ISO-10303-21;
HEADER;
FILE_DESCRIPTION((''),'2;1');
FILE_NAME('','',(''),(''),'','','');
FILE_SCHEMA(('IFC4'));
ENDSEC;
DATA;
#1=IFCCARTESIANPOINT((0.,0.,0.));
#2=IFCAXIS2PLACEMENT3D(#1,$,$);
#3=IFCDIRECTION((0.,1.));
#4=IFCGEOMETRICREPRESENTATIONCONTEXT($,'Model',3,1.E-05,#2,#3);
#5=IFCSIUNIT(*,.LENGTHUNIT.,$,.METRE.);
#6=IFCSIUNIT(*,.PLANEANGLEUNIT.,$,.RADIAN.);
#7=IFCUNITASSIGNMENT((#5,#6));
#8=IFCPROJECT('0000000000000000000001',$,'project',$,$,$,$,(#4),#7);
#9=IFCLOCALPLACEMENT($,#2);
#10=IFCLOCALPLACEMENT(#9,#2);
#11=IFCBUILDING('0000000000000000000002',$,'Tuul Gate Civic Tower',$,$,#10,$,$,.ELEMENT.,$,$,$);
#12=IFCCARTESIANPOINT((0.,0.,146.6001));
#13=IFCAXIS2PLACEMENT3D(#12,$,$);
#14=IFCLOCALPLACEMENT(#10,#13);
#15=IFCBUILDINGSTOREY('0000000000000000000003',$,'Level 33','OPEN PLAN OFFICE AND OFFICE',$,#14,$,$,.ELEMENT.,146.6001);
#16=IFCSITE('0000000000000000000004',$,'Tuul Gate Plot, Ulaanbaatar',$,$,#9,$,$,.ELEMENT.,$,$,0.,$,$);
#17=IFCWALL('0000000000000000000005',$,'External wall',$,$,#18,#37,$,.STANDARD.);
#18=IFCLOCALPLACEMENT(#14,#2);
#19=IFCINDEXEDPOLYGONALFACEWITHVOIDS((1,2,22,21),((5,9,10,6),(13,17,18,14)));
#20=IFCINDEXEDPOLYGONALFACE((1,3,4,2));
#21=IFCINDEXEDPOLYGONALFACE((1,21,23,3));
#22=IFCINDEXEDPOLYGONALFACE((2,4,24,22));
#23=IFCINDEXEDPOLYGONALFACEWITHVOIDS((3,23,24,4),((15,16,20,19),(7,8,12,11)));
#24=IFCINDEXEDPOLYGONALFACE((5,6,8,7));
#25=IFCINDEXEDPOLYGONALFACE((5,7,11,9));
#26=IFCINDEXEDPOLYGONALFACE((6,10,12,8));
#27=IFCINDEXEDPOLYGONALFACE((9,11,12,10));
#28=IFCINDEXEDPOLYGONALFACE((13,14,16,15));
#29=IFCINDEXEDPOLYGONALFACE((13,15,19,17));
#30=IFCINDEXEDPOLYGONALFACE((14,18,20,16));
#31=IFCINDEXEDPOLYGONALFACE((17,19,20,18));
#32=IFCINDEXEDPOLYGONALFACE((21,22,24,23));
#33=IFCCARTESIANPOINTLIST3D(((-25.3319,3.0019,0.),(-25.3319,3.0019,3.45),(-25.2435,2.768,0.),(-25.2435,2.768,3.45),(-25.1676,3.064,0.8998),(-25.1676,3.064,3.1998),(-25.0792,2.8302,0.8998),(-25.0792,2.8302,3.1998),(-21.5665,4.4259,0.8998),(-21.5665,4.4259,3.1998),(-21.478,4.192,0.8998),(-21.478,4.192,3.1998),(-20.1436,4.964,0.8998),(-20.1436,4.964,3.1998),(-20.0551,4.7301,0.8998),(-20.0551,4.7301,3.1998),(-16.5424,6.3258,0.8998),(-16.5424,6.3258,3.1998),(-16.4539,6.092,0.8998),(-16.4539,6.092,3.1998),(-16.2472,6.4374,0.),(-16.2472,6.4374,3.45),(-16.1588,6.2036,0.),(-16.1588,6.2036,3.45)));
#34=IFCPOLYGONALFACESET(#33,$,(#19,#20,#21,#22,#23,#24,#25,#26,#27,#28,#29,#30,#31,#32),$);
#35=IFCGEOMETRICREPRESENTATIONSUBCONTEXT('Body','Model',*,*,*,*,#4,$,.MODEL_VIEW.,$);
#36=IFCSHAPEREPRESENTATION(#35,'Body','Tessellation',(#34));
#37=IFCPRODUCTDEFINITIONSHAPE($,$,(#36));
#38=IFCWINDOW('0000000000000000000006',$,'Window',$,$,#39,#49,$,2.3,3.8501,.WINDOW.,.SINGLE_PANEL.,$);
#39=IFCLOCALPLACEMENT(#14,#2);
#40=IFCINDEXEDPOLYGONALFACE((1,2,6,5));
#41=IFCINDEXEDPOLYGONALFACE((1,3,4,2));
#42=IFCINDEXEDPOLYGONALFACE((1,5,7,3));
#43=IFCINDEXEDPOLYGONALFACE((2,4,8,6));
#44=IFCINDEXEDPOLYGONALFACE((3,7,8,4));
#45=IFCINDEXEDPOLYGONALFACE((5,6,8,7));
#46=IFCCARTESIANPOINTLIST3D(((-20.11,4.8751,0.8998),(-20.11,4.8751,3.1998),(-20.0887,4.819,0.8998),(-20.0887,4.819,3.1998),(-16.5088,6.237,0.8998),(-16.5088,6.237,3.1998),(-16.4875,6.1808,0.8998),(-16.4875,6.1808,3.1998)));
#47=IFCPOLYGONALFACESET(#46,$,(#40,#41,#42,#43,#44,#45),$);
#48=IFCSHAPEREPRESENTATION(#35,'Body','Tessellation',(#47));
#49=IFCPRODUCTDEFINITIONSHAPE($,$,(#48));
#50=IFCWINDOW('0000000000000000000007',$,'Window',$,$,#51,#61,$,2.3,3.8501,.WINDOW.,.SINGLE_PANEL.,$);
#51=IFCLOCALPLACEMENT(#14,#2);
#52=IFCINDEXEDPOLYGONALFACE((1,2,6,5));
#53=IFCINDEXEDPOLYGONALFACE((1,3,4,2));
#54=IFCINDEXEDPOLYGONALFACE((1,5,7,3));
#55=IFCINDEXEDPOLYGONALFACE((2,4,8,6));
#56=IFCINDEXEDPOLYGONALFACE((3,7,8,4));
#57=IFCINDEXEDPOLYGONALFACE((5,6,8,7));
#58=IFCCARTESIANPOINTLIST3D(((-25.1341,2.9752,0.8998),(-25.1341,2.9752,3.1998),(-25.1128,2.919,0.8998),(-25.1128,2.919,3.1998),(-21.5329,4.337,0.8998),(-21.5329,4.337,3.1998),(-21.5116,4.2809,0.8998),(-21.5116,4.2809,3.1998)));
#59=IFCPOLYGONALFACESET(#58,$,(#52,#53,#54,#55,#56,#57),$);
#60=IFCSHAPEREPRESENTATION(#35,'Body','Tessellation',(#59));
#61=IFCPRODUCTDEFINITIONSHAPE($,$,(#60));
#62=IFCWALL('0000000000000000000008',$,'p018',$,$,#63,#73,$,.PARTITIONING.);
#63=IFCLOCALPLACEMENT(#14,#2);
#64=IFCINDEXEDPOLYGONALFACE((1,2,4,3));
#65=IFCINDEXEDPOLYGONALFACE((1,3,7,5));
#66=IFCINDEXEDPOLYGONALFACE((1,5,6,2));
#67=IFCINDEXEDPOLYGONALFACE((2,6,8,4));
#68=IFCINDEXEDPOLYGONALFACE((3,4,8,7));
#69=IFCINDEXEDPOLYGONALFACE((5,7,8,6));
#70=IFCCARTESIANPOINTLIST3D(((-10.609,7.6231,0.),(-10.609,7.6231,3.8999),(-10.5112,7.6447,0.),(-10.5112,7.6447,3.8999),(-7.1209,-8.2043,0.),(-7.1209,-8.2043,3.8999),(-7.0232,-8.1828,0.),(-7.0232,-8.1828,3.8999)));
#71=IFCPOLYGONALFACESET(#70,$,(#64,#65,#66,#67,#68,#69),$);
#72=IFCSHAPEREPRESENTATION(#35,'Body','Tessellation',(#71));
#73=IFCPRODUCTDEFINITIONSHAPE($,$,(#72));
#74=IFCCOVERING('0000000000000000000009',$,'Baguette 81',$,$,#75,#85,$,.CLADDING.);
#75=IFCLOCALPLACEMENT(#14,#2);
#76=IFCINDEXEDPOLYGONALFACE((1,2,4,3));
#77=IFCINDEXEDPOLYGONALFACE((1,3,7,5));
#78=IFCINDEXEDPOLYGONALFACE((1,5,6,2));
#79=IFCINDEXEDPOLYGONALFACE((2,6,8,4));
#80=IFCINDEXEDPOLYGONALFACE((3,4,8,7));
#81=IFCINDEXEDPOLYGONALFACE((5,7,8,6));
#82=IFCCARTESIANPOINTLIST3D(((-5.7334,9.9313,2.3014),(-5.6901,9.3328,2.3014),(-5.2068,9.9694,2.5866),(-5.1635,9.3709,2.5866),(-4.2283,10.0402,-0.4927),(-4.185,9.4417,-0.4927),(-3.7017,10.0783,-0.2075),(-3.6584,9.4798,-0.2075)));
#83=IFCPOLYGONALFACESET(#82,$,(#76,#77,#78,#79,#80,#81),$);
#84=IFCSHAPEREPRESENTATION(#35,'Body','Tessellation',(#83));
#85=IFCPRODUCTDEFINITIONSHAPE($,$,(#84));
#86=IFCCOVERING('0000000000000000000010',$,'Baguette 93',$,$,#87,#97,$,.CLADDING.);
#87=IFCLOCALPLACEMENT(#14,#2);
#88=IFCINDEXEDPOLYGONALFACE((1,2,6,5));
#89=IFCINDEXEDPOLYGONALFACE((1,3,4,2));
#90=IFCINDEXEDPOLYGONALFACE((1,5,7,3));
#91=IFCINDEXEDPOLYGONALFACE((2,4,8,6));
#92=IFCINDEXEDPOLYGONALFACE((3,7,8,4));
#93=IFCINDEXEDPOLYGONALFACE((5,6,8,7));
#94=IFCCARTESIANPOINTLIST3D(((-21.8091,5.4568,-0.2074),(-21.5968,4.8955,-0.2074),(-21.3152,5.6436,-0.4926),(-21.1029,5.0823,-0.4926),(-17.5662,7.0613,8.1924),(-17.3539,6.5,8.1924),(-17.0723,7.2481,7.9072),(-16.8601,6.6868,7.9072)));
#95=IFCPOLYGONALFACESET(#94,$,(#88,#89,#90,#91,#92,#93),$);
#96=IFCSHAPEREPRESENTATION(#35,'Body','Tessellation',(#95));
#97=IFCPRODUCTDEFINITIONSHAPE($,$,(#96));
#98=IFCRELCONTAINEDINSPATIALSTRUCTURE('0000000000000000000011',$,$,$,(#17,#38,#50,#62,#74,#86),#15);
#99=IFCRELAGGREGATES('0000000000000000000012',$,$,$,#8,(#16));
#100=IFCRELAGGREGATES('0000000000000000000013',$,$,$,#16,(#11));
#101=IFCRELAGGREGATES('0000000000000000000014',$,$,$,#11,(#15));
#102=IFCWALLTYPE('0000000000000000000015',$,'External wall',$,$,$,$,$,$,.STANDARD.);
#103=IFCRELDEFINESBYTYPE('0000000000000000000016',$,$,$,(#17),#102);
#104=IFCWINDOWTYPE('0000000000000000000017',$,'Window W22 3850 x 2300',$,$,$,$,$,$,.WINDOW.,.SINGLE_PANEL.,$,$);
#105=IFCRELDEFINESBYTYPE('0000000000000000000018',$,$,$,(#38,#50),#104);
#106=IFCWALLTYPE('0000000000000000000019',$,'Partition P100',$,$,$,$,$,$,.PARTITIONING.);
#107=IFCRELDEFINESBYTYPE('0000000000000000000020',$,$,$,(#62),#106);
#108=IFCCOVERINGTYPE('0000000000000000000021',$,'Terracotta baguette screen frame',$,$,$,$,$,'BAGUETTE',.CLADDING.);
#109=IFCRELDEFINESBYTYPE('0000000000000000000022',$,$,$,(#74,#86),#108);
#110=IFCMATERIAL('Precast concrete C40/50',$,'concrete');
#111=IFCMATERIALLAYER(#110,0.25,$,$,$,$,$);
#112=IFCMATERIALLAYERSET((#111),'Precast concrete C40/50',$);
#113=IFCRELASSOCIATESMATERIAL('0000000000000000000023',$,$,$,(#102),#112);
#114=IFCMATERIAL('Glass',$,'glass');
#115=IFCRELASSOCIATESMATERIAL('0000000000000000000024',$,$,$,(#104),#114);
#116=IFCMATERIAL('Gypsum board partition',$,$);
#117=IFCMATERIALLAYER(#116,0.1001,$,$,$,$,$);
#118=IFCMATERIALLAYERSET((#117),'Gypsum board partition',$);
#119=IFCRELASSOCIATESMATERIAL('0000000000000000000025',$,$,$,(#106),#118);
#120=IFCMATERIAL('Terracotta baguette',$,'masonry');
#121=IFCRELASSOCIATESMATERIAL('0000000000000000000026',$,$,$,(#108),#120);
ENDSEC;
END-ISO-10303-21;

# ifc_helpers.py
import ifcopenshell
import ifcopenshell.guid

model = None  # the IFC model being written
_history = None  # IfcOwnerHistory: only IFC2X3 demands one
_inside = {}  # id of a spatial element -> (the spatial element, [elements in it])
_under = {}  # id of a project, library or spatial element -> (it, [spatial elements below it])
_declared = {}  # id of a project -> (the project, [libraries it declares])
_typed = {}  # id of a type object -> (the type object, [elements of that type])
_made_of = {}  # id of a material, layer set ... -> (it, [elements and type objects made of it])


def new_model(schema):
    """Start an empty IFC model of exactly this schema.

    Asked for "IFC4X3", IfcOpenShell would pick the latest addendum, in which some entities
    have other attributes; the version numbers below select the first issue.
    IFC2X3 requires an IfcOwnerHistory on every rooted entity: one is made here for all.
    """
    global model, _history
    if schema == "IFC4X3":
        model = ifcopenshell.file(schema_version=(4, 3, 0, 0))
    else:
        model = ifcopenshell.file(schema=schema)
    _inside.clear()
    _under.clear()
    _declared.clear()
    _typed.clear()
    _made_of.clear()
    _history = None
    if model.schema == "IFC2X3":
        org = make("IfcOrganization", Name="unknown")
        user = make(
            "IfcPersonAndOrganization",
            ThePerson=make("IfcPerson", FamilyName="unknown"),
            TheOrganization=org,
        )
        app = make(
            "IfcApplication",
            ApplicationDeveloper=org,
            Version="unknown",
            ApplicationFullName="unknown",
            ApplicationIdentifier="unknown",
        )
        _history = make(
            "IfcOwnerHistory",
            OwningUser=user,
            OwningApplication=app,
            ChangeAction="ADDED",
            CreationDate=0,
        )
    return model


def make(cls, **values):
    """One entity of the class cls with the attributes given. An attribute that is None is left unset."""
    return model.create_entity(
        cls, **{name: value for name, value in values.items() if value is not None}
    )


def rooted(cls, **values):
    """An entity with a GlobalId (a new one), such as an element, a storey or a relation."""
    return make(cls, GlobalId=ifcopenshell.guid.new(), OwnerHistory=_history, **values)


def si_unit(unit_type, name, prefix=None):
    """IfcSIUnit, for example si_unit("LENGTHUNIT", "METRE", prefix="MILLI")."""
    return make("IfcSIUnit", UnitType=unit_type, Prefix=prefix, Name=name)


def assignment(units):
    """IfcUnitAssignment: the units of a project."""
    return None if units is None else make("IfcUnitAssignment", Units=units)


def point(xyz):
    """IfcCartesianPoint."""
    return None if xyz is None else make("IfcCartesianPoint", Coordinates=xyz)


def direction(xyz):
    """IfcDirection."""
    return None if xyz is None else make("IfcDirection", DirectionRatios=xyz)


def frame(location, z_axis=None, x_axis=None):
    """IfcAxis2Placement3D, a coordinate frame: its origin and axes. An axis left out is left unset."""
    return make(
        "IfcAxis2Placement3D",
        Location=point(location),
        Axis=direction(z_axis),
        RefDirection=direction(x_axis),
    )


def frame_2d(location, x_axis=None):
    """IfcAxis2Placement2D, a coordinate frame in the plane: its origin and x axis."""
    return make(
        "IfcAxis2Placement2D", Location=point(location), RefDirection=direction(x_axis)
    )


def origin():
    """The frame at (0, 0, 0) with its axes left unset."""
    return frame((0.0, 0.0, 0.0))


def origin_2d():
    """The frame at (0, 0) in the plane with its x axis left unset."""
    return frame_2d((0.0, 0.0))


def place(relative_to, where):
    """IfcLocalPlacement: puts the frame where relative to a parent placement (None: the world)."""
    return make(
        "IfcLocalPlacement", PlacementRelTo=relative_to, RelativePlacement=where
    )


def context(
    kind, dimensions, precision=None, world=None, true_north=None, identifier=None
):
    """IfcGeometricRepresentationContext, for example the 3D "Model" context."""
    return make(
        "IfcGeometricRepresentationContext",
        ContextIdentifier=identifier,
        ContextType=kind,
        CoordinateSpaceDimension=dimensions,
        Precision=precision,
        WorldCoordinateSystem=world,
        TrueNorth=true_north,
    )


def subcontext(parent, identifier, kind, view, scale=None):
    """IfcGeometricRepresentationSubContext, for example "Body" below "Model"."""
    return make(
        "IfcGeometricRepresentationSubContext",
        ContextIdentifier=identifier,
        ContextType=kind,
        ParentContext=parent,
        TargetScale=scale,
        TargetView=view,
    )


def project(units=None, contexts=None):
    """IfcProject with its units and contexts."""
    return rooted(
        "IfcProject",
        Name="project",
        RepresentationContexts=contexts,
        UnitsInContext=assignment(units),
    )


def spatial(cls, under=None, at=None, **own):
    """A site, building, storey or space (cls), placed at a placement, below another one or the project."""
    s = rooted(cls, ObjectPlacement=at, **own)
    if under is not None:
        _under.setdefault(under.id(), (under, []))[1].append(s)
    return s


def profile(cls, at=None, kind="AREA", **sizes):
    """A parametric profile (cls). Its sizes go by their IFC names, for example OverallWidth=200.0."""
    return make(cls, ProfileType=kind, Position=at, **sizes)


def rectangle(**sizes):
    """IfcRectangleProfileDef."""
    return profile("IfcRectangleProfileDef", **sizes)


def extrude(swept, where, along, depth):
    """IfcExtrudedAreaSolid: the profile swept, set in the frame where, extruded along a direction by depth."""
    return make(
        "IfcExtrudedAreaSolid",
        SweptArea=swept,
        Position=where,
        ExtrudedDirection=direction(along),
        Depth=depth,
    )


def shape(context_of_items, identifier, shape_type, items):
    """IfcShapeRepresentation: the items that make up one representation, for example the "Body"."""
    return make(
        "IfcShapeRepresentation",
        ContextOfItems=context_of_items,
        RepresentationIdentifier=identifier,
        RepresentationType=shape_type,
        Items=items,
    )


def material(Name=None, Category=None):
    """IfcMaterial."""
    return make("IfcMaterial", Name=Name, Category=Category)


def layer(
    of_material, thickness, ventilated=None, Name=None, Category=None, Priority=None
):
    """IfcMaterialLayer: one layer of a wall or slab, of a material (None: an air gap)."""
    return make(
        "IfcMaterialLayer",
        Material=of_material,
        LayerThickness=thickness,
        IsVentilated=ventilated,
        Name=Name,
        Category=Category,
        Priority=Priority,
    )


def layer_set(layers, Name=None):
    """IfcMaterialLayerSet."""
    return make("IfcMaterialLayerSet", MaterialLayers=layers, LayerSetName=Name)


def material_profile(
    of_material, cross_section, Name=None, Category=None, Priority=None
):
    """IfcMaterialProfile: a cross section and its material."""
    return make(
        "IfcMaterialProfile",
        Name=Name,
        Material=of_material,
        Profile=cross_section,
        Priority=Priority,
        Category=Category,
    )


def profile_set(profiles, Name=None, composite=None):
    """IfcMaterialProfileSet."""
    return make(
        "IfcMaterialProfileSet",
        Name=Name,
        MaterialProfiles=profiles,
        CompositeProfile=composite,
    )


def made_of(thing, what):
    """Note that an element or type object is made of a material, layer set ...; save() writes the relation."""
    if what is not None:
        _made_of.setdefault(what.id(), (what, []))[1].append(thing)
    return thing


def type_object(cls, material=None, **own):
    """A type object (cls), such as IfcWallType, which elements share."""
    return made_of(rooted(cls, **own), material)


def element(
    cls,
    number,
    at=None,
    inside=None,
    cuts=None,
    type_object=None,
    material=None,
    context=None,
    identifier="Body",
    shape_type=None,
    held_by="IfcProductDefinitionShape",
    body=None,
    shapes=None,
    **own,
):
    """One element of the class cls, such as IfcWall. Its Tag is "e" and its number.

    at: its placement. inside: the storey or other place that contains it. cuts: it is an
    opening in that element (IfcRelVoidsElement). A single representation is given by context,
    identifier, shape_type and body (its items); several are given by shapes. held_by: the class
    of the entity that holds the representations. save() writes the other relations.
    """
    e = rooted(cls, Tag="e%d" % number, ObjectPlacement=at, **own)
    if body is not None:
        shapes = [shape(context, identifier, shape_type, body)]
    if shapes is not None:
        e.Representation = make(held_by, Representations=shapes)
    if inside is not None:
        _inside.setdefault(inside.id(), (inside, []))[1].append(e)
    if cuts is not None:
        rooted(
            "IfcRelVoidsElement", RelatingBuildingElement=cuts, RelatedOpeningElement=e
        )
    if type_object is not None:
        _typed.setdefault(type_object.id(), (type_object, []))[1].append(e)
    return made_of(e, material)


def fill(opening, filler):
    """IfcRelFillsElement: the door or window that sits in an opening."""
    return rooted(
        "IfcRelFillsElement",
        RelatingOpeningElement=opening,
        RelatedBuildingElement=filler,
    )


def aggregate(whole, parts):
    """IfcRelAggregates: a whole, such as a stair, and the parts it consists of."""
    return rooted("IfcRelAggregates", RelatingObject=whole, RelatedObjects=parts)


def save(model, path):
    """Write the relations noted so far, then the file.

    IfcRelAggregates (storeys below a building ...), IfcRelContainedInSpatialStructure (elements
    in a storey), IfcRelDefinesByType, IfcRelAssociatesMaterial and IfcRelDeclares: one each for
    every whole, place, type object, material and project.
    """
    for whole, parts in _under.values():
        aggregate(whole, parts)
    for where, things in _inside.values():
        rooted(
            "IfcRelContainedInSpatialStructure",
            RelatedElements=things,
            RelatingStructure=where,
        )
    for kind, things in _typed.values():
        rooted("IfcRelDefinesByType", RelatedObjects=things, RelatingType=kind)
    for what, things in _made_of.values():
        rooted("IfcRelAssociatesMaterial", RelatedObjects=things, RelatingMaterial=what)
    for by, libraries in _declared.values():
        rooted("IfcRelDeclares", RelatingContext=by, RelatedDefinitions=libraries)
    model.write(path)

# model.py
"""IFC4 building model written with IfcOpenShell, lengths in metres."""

from ifc_helpers import new_model, si_unit, direction, frame, frame_2d, origin, origin_2d, place, context, subcontext, project, spatial, rectangle, extrude, material, layer, layer_set, material_profile, profile_set, type_object, element, fill, save


model = new_model("IFC4")

# Units and contexts
model_context = context("Model", 3, precision=1e-05, world=origin(), true_north=direction((0.0, 1.0)))
body_context = subcontext(model_context, "Body", "Model", "MODEL_VIEW")
ifc_project = project(units=[si_unit("LENGTHUNIT", "METRE"), si_unit("PLANEANGLEUNIT", "RADIAN")], contexts=[model_context])

# Site, building, storey
site_placement = place(None, origin())
site = spatial("IfcSite", under=ifc_project, at=site_placement, Name="Tuul Gate Plot, Ulaanbaatar", CompositionType="ELEMENT", RefElevation=0.0)
building_placement = place(site_placement, origin())
building = spatial("IfcBuilding", under=site, at=building_placement, Name="Tuul Gate Civic Tower", CompositionType="ELEMENT")
storey_placement = place(building_placement, frame((0.0, 0.0, 146.6001)))
storey = spatial("IfcBuildingStorey", under=building, at=storey_placement, Name="Level 33", Description="OPEN PLAN OFFICE AND OFFICE", CompositionType="ELEMENT", Elevation=146.6001)

# Wall, openings, windows
ifc_material_1 = material(Name="Precast concrete C40/50", Category="concrete")
ifc_layer_1 = layer(ifc_material_1, 0.25)
ifc_layer_set_1 = layer_set([ifc_layer_1], Name="Precast concrete C40/50")
wall_type_1 = type_object("IfcWallType", Name="External wall", PredefinedType="STANDARD", material=ifc_layer_set_1)
ifc_material_2 = material(Name="Glass", Category="glass")
window_type = type_object("IfcWindowType", Name="Window W22 3850 x 2300", PartitioningType="SINGLE_PANEL", PredefinedType="WINDOW", material=ifc_material_2)
wall_1_placement = place(storey_placement, frame((-16.2029, 6.3206, 0.0), z_axis=(0.0, 0.0, 1.0), x_axis=(-0.935351, -0.35372, 0.0)))
wall_1 = element("IfcWall", 1, at=wall_1_placement, inside=storey, type_object=wall_type_1, Name="External wall", PredefinedType="STANDARD", context=body_context, shape_type="SweptSolid", body=[
    extrude(rectangle(XDim=9.7126, YDim=0.25, at=frame_2d((4.8564, 0.0))), origin(), (0.0, 0.0, 1.0), 3.45),
])
opening_1_placement = place(wall_1_placement, frame((0.3157, 0.0, 0.8999)))
opening_1 = element("IfcOpeningElement", 2, at=opening_1_placement, cuts=wall_1, PredefinedType="OPENING", context=body_context, shape_type="SweptSolid", body=[
    extrude(rectangle(XDim=3.8501, YDim=2.3, at=frame_2d((1.925, 1.1499))), frame((0.0, 0.135, 0.0), z_axis=(0.0, -1.0, 0.0), x_axis=(1.0, 0.0, 0.0)), (0.0, 0.0, 1.0), 0.27),
])
opening_2_placement = place(wall_1_placement, frame((5.687, 0.0, 0.8999)))
opening_2 = element("IfcOpeningElement", 3, at=opening_2_placement, cuts=wall_1, PredefinedType="OPENING", context=body_context, shape_type="SweptSolid", body=[
    extrude(rectangle(XDim=3.8501, YDim=2.3, at=frame_2d((1.925, 1.1499))), frame((0.0, 0.135, 0.0), z_axis=(0.0, -1.0, 0.0), x_axis=(1.0, 0.0, 0.0)), (0.0, 0.0, 1.0), 0.27),
])
window_1_placement = place(opening_1_placement, origin())
window_1 = element("IfcWindow", 4, at=window_1_placement, inside=storey, type_object=window_type, Name="Window", OverallHeight=2.3, OverallWidth=3.8501, PartitioningType="SINGLE_PANEL", PredefinedType="WINDOW", context=body_context, shape_type="SweptSolid", body=[
    extrude(rectangle(XDim=3.8501, YDim=2.3, at=frame_2d((1.925, 1.1499))), frame((0.0, 0.03, 0.0), z_axis=(0.0, -1.0, 0.0), x_axis=(1.0, 0.0, 0.0)), (0.0, 0.0, 1.0), 0.0601),
])
fill(opening_1, window_1)
window_2_placement = place(opening_2_placement, origin())
window_2 = element("IfcWindow", 5, at=window_2_placement, inside=storey, type_object=window_type, Name="Window", OverallHeight=2.3, OverallWidth=3.8501, PartitioningType="SINGLE_PANEL", PredefinedType="WINDOW", context=body_context, shape_type="SweptSolid", body=[
    extrude(rectangle(XDim=3.8501, YDim=2.3, at=frame_2d((1.925, 1.1499))), frame((0.0, 0.03, 0.0), z_axis=(0.0, -1.0, 0.0), x_axis=(1.0, 0.0, 0.0)), (0.0, 0.0, 1.0), 0.0601),
])
fill(opening_2, window_2)

# Wall
ifc_material_3 = material(Name="Gypsum board partition")
ifc_layer_2 = layer(ifc_material_3, 0.1001)
ifc_layer_set_2 = layer_set([ifc_layer_2], Name="Gypsum board partition")
wall_type_2 = type_object("IfcWallType", Name="Partition P100", PredefinedType="PARTITIONING", material=ifc_layer_set_2)
wall_2_placement = place(storey_placement, frame((-10.5601, 7.6338, 0.0), z_axis=(0.0, 0.0, 1.0), x_axis=(0.215216, -0.976567, 0.0)))
element("IfcWall", 6, at=wall_2_placement, inside=storey, type_object=wall_type_2, Name="p018", PredefinedType="PARTITIONING", context=body_context, shape_type="SweptSolid", body=[
    extrude(rectangle(XDim=16.2073, YDim=0.1001, at=frame_2d((8.1035, 0.0))), origin(), (0.0, 0.0, 1.0), 3.8999),
])

# Coverings
ifc_material_4 = material(Name="Terracotta baguette", Category="masonry")
ifc_material_profile_1 = material_profile(ifc_material_4, rectangle(XDim=0.6001, YDim=0.6001, at=origin_2d()), Name="Terracotta baguette screen frame")
ifc_profile_set_1 = profile_set([ifc_material_profile_1], Name="Terracotta baguette")
covering_type = type_object("IfcCoveringType", Name="Terracotta baguette screen frame", ElementType="BAGUETTE", PredefinedType="CLADDING", material=ifc_profile_set_1)
covering_1_placement = place(storey_placement, frame((-3.9434, 9.76, -0.3501), z_axis=(-0.473959, -0.034288, 0.879879), x_axis=(0.072155, -0.997393, 0.0)))
element("IfcCovering", 7, at=covering_1_placement, inside=storey, type_object=covering_type, Name="Baguette 81", PredefinedType="CLADDING", context=body_context, shape_type="SweptSolid", body=[
    extrude(rectangle(XDim=0.6001, YDim=0.6001, at=origin_2d()), origin(), (0.0, 0.0, 1.0), 3.1755),
])
covering_2_placement = place(storey_placement, frame((-17.2131, 6.874, 8.0498), z_axis=(-0.444449, -0.168072, -0.879896), x_axis=(0.353711, -0.935355, 0.0)))
element("IfcCovering", 8, at=covering_2_placement, inside=storey, type_object=covering_type, Name="Baguette 93", PredefinedType="CLADDING", context=body_context, shape_type="SweptSolid", body=[
    extrude(rectangle(XDim=0.6001, YDim=0.6001, at=origin_2d()), origin(), (0.0, 0.0, 1.0), 9.5464),
])

save(model, "model.ifc")
